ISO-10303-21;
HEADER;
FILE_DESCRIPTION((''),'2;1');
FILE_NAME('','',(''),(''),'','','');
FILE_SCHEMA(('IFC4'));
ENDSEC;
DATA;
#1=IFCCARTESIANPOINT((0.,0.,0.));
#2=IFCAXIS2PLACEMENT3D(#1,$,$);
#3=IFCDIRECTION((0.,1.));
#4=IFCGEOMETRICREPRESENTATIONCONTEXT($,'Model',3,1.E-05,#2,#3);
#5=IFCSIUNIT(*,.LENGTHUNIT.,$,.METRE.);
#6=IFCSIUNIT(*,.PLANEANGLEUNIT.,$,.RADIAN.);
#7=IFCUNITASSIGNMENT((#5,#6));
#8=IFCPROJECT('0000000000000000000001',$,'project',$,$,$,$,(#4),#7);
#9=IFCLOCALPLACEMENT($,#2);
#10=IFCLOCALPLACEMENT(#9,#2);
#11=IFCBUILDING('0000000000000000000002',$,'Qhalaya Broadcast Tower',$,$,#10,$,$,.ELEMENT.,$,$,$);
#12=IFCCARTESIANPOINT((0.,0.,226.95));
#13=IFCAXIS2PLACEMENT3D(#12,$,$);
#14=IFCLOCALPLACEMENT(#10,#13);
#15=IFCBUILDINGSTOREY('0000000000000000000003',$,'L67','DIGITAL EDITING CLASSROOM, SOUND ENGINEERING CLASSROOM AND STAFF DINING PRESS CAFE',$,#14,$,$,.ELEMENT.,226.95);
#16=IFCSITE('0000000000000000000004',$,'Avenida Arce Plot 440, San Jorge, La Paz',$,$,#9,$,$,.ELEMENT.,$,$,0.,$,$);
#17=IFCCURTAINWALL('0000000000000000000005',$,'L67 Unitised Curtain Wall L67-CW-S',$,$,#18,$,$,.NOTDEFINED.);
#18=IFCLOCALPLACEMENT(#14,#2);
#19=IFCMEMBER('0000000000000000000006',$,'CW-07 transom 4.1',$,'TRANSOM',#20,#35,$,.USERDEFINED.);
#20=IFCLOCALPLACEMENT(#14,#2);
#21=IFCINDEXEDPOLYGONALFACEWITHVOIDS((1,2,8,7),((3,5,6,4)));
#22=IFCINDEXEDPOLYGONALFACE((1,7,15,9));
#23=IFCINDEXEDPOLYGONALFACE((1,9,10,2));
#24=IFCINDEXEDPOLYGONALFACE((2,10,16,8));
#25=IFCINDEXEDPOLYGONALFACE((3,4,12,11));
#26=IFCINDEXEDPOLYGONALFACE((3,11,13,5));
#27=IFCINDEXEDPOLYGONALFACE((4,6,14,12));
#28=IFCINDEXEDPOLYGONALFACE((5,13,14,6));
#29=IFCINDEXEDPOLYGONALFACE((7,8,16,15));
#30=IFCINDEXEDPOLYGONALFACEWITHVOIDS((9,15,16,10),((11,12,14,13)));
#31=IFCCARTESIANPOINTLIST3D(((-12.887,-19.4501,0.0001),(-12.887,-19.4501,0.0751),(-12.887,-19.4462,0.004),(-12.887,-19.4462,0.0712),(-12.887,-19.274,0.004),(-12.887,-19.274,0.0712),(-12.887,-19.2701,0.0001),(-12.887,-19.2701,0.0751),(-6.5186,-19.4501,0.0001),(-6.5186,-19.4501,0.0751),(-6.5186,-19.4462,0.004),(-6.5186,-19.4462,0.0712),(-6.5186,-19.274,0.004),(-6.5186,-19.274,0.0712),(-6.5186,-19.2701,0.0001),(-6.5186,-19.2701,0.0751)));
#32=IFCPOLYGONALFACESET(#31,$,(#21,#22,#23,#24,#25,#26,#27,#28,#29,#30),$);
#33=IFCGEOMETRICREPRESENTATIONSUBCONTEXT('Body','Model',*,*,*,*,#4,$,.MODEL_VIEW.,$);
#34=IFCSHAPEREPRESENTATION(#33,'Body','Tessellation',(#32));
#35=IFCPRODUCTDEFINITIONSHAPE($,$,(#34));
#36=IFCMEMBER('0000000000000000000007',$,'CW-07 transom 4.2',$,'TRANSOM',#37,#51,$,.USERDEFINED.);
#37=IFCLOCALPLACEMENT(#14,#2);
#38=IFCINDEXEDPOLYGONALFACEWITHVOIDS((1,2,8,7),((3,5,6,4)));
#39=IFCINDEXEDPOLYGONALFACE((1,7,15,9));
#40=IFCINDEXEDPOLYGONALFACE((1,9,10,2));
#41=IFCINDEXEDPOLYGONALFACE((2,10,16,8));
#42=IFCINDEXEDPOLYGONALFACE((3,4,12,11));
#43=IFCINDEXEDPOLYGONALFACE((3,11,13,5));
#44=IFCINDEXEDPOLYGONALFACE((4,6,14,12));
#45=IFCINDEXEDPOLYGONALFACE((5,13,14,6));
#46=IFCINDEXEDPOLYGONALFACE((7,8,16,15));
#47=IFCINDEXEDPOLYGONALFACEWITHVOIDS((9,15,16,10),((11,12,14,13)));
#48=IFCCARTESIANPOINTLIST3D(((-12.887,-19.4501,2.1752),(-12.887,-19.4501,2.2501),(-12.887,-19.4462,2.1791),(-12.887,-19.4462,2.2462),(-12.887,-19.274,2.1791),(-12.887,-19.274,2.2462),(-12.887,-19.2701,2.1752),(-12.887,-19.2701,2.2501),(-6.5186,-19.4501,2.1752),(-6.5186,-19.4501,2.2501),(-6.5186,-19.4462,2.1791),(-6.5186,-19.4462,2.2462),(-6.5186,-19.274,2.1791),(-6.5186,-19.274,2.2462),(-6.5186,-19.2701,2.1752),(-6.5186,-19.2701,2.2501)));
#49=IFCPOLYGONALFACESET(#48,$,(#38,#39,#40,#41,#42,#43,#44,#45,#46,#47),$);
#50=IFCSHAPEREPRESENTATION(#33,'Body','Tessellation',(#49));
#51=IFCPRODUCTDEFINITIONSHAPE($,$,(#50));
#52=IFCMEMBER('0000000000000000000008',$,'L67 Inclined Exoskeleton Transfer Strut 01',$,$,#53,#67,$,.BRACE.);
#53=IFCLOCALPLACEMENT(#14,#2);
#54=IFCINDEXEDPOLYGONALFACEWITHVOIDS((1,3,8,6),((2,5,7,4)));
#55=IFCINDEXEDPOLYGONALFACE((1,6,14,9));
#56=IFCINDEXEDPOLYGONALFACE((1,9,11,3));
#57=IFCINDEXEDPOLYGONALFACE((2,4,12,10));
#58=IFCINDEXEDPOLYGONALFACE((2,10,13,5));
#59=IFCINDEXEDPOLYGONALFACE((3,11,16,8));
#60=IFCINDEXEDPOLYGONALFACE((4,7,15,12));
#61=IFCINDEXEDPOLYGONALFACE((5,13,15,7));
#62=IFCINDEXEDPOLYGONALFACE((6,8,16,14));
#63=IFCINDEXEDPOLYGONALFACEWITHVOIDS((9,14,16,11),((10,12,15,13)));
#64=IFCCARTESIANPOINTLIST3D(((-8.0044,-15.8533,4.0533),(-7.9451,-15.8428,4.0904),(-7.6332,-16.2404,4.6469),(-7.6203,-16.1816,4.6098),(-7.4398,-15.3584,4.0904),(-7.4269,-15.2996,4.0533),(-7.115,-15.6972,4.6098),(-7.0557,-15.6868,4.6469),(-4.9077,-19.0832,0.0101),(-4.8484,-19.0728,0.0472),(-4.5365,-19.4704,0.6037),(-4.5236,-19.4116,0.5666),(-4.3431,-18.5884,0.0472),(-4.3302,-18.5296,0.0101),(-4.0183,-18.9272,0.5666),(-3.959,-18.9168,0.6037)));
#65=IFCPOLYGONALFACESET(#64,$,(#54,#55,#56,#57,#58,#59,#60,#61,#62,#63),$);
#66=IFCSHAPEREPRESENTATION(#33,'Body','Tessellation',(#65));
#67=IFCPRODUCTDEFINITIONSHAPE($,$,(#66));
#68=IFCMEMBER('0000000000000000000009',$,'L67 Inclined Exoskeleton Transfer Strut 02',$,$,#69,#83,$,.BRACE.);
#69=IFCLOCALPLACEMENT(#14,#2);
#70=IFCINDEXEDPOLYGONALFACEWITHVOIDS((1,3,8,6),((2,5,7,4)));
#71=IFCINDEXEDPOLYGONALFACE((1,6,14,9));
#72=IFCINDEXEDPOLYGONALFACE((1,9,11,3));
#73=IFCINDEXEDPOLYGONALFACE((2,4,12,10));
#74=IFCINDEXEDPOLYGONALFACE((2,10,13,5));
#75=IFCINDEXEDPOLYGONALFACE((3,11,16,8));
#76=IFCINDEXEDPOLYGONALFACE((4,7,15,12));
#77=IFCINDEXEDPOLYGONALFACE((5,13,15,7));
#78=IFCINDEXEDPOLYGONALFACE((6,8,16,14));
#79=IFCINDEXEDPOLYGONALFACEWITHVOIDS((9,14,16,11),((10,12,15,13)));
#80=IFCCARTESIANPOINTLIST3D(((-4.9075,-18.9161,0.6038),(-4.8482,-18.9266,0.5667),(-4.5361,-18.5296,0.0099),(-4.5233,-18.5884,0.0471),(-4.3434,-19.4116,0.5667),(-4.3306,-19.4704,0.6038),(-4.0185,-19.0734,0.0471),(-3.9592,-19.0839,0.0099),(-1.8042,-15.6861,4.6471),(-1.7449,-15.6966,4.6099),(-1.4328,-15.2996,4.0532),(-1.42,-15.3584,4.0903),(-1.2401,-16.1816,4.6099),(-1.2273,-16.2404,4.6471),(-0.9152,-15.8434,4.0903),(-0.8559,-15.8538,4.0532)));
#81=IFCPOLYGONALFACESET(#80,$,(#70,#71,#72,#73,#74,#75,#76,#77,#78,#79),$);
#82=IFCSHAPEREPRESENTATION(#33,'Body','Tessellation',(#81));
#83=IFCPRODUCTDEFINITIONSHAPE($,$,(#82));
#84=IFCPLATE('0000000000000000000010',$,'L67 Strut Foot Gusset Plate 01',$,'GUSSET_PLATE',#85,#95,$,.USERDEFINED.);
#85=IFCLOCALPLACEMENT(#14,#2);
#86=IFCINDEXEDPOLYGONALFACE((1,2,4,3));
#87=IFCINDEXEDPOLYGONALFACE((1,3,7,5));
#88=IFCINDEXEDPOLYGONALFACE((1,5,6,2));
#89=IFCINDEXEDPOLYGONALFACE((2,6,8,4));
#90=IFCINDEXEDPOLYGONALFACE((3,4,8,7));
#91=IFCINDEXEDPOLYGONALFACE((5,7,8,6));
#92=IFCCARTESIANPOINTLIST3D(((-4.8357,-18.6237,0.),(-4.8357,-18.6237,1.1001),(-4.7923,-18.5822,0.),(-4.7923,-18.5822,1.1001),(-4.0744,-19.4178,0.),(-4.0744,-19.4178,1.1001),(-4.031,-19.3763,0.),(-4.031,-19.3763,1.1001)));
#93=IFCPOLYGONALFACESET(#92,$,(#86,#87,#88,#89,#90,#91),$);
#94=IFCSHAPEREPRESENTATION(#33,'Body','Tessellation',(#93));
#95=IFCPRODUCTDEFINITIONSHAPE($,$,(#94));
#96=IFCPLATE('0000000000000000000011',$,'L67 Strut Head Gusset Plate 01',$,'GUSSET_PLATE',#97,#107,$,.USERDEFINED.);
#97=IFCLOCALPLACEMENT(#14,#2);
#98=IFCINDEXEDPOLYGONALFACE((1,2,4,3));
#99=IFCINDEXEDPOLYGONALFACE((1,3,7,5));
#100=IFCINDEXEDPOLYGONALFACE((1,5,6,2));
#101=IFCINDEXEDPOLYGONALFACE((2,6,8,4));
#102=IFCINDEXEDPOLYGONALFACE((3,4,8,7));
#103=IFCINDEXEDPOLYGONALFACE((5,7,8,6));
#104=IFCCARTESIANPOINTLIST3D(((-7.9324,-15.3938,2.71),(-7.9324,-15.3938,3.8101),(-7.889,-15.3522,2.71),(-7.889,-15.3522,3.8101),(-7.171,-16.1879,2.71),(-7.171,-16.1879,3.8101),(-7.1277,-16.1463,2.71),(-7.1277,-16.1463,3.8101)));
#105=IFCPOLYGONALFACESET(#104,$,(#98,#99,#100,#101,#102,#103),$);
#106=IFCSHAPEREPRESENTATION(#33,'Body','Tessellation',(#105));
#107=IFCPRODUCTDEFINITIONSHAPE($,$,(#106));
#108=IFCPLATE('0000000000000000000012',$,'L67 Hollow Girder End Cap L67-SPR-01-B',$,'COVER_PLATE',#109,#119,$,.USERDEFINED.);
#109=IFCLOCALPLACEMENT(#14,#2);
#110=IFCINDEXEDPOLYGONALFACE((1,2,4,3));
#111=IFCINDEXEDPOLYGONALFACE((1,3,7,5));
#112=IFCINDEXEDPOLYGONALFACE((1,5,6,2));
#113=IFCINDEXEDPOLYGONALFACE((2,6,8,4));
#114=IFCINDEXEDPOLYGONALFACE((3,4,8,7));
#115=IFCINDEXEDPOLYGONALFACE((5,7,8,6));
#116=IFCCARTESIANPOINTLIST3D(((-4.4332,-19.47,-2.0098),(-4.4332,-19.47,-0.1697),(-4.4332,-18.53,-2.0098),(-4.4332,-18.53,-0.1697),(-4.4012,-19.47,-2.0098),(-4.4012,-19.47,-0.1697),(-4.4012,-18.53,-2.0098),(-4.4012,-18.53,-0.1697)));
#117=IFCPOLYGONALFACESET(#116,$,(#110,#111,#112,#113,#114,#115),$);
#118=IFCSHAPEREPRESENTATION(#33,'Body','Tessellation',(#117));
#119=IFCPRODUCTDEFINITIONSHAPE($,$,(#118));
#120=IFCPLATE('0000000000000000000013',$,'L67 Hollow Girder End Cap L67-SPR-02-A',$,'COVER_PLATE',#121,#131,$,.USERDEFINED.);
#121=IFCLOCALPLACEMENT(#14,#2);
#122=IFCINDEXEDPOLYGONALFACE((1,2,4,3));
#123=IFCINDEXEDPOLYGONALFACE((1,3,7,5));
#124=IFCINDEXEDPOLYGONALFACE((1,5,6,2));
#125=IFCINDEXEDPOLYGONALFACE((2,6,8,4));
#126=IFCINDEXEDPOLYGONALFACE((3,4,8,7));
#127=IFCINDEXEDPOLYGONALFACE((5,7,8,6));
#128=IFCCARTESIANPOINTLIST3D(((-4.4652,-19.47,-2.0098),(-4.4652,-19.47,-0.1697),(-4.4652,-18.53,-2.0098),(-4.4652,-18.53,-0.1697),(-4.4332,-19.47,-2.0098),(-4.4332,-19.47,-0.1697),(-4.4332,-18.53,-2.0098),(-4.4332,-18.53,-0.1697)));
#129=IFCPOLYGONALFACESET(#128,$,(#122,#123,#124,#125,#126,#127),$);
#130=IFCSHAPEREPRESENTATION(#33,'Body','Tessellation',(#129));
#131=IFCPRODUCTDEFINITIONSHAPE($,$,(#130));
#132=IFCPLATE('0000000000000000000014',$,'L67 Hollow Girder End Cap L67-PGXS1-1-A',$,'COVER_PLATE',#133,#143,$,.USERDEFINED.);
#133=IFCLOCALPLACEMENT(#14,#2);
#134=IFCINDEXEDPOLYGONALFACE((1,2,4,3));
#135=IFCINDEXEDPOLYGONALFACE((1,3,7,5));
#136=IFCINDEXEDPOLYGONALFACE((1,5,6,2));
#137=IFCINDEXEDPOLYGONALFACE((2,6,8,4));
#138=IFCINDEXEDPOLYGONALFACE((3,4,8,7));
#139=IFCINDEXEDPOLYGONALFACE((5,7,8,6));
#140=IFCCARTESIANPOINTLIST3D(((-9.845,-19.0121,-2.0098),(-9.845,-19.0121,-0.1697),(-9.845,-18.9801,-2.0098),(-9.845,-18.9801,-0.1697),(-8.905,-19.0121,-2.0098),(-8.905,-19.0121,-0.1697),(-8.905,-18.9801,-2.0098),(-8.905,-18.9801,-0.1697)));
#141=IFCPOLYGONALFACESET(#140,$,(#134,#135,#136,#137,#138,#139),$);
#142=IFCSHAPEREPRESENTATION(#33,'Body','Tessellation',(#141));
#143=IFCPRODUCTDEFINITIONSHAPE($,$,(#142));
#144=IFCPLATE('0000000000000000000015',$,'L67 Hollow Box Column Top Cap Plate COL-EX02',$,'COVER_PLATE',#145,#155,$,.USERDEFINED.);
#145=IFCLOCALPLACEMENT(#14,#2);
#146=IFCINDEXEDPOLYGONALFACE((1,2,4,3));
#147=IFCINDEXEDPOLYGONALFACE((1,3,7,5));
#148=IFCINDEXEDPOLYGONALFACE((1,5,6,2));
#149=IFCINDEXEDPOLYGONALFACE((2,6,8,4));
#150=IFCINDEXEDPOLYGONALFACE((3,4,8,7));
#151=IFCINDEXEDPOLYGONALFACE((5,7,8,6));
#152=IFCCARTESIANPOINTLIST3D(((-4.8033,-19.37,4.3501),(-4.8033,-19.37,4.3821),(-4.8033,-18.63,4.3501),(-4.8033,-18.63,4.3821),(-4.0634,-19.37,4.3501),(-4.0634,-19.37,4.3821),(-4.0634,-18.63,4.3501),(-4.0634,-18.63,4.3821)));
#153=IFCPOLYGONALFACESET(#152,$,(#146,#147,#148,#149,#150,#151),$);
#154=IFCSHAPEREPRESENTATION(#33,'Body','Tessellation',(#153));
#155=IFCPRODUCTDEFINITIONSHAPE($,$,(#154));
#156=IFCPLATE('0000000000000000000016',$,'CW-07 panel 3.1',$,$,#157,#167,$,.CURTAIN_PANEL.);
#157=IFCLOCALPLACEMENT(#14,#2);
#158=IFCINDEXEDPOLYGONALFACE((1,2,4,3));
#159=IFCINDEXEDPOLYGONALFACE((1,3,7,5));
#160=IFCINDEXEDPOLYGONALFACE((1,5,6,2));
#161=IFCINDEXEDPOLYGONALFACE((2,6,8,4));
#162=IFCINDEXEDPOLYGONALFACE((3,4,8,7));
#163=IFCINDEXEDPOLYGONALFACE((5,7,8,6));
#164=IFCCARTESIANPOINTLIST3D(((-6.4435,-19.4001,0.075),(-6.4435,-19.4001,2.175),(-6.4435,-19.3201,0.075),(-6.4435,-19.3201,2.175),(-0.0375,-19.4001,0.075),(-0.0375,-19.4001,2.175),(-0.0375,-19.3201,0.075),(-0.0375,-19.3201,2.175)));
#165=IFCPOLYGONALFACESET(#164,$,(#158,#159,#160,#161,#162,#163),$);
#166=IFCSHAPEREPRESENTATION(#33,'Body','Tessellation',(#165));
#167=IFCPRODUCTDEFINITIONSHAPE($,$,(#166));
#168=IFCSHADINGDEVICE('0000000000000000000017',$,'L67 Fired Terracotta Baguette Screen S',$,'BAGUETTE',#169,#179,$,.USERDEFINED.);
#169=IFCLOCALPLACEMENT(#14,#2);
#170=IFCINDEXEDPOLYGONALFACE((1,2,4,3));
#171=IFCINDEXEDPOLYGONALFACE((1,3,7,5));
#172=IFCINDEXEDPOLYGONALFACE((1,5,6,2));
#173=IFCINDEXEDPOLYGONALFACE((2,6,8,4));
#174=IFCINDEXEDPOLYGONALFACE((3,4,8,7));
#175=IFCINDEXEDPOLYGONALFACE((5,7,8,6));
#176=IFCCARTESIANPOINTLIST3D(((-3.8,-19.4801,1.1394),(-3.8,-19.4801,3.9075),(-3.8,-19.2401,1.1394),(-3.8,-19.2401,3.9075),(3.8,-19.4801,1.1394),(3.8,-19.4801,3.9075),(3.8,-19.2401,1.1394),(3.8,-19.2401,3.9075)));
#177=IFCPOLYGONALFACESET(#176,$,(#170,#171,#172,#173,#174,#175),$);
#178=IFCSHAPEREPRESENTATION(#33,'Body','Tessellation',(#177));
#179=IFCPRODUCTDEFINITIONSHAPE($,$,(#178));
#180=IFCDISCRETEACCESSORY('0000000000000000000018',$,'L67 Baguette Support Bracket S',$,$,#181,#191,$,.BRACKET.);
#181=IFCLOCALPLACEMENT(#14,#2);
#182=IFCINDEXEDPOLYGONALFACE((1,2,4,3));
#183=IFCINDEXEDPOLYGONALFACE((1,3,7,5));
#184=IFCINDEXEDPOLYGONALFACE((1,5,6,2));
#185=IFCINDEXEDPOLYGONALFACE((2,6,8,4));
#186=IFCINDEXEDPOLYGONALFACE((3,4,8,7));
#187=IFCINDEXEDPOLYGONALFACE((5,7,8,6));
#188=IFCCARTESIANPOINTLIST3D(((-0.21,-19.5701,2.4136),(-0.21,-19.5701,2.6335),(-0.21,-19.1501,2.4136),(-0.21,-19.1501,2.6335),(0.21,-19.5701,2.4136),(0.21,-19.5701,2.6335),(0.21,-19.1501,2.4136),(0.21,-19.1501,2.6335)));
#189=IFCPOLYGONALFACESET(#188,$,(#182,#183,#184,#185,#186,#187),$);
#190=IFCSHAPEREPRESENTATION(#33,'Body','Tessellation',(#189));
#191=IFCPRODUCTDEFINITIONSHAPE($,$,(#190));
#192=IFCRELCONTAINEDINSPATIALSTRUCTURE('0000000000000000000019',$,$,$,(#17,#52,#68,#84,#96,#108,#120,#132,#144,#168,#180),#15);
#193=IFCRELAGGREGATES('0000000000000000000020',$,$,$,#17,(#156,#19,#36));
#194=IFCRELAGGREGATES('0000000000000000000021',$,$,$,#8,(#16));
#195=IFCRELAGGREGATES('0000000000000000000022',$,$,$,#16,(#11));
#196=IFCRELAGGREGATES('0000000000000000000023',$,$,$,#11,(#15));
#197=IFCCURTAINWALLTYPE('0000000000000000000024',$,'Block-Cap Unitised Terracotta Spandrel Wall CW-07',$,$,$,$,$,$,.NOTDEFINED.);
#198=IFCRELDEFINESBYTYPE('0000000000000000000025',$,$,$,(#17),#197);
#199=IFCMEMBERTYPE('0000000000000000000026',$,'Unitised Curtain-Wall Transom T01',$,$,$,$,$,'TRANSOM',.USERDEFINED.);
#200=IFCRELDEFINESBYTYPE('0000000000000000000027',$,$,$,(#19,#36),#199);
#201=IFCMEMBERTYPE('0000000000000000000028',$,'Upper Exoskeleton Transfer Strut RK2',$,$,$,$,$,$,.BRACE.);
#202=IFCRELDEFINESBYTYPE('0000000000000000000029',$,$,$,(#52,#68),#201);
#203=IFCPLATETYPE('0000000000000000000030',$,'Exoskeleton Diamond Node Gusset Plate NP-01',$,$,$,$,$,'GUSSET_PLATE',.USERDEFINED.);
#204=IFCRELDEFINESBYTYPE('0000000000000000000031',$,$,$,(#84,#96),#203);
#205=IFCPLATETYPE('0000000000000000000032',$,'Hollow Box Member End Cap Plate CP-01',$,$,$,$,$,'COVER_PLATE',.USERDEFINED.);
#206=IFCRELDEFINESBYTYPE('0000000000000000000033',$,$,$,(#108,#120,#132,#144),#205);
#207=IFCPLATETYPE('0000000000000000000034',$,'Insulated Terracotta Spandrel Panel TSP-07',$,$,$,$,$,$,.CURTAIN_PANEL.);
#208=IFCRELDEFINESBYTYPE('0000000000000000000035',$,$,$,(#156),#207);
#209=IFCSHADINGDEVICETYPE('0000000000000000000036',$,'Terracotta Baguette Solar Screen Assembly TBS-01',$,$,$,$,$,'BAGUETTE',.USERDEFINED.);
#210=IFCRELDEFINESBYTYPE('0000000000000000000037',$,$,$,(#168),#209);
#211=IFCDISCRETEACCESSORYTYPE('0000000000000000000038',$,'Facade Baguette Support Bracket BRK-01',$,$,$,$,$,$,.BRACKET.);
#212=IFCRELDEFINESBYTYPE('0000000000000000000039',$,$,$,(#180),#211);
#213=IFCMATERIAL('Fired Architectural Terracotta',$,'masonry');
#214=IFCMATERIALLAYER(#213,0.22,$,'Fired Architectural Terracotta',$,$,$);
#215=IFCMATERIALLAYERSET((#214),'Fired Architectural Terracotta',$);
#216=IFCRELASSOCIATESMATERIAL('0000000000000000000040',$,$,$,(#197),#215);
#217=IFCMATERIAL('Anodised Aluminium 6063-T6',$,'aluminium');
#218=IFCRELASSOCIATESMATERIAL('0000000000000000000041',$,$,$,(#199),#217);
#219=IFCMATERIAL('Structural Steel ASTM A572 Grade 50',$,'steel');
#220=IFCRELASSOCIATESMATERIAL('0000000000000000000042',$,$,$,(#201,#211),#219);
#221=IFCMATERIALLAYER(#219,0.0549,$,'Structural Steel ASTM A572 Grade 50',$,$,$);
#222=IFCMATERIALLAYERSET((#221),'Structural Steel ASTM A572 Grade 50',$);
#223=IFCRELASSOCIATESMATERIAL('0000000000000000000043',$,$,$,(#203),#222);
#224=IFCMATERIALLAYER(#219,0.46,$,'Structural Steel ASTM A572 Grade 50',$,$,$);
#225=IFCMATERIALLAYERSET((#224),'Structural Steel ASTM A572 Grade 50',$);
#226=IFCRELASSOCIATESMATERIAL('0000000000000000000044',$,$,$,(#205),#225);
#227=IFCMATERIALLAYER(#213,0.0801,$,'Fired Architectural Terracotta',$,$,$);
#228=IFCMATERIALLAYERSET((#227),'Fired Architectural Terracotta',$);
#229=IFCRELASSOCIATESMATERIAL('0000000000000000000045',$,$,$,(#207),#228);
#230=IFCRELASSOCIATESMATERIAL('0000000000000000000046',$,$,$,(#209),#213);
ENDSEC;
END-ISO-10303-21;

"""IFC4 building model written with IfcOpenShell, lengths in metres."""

from ifc_helpers import new_model, si_unit, direction, frame, origin, origin_2d, place, context, subcontext, project, spatial, rectangle, hollow_rectangle, extrude, material, layer, layer_set, material_profile, profile_set, type_object, element, aggregate, save


model = new_model("IFC4")

# Units and contexts
model_context = context("Model", 3, precision=1e-05, world=origin(), true_north=direction((0.0, 1.0)))
body_context = subcontext(model_context, "Body", "Model", "MODEL_VIEW")
ifc_project = project(units=[si_unit("LENGTHUNIT", "METRE"), si_unit("PLANEANGLEUNIT", "RADIAN")], contexts=[model_context])

# Site, building, storey
site_placement = place(None, origin())
site = spatial("IfcSite", under=ifc_project, at=site_placement, Name="Avenida Arce Plot 440, San Jorge, La Paz", CompositionType="ELEMENT", RefElevation=0.0)
building_placement = place(site_placement, origin())
building = spatial("IfcBuilding", under=site, at=building_placement, Name="Qhalaya Broadcast Tower", CompositionType="ELEMENT")
storey_placement = place(building_placement, frame((0.0, 0.0, 226.95)))
storey = spatial("IfcBuildingStorey", under=building, at=storey_placement, Name="L67", Description="DIGITAL EDITING CLASSROOM, SOUND ENGINEERING CLASSROOM AND STAFF DINING PRESS CAFE", CompositionType="ELEMENT", Elevation=226.95)

# Shared definitions
ifc_material_1 = material(Name="Structural Steel ASTM A572 Grade 50", Category="steel")

# Curtain wall, members
ifc_material_2 = material(Name="Fired Architectural Terracotta", Category="masonry")
ifc_layer_1 = layer(ifc_material_2, 0.22, Name="Fired Architectural Terracotta")
ifc_layer_set_1 = layer_set([ifc_layer_1], Name="Fired Architectural Terracotta")
curtain_wall_type = type_object("IfcCurtainWallType", Name="Block-Cap Unitised Terracotta Spandrel Wall CW-07", PredefinedType="NOTDEFINED", material=ifc_layer_set_1)
curtain_wall_placement = place(storey_placement, origin())
curtain_wall = element("IfcCurtainWall", 1, at=curtain_wall_placement, inside=storey, type_object=curtain_wall_type, Name="L67 Unitised Curtain Wall L67-CW-S", PredefinedType="NOTDEFINED")
ifc_material_3 = material(Name="Anodised Aluminium 6063-T6", Category="aluminium")
ifc_material_profile_1 = material_profile(ifc_material_3, hollow_rectangle(XDim=0.075, YDim=0.1799, WallThickness=0.0039, at=origin_2d()), Name="ALU-TRN 75x180x4")
ifc_profile_set_1 = profile_set([ifc_material_profile_1], Name="Anodised Aluminium 6063-T6")
member_type_1 = type_object("IfcMemberType", Name="Unitised Curtain-Wall Transom T01", ElementType="TRANSOM", PredefinedType="USERDEFINED", material=ifc_profile_set_1)
member_1_placement = place(storey_placement, frame((-6.5186, -19.3601, 0.0376), z_axis=(-1.0, 0.0, 0.0), x_axis=(0.0, 0.0, 1.0)))
member_1 = element("IfcMember", 2, at=member_1_placement, type_object=member_type_1, Name="CW-07 transom 4.1", ObjectType="TRANSOM", PredefinedType="USERDEFINED", context=body_context, shape_type="SweptSolid", body=[
    extrude(hollow_rectangle(XDim=0.075, YDim=0.1799, WallThickness=0.0039, at=origin_2d()), origin(), (0.0, 0.0, 1.0), 6.3684),
])
member_2_placement = place(storey_placement, frame((-6.5186, -19.3601, 2.2126), z_axis=(-1.0, 0.0, 0.0), x_axis=(0.0, 0.0, 1.0)))
member_2 = element("IfcMember", 3, at=member_2_placement, type_object=member_type_1, Name="CW-07 transom 4.2", ObjectType="TRANSOM", PredefinedType="USERDEFINED", context=body_context, shape_type="SweptSolid", body=[
    extrude(hollow_rectangle(XDim=0.075, YDim=0.1799, WallThickness=0.0039, at=origin_2d()), origin(), (0.0, 0.0, 1.0), 6.3684),
])

# Members
ifc_material_profile_2 = material_profile(ifc_material_1, hollow_rectangle(XDim=0.8, YDim=0.8, WallThickness=0.05, at=origin_2d()), Name="BOX 800x800x50")
ifc_profile_set_2 = profile_set([ifc_material_profile_2], Name="Structural Steel ASTM A572 Grade 50")
member_type_2 = type_object("IfcMemberType", Name="Upper Exoskeleton Transfer Strut RK2", PredefinedType="BRACE", material=ifc_profile_set_2)
member_3_placement = place(storey_placement, frame((-4.4333, -19.0, 0.3069), z_axis=(-0.513483, 0.535587, 0.670434), x_axis=(-0.721845, -0.692055, 0.0)))
element("IfcMember", 4, at=member_3_placement, inside=storey, type_object=member_type_2, Name="L67 Inclined Exoskeleton Transfer Strut 01", PredefinedType="BRACE", context=body_context, shape_type="SweptSolid", body=[
    extrude(hollow_rectangle(XDim=0.8, YDim=0.8, WallThickness=0.05, at=origin_2d()), origin(), (0.0, 0.0, 1.0), 6.0308),
])
member_4_placement = place(storey_placement, frame((-4.4333, -19.0, 0.3069), z_axis=(0.514287, 0.535286, 0.670058), x_axis=(-0.72111, 0.692821, 0.0)))
element("IfcMember", 5, at=member_4_placement, inside=storey, type_object=member_type_2, Name="L67 Inclined Exoskeleton Transfer Strut 02", PredefinedType="BRACE", context=body_context, shape_type="SweptSolid", body=[
    extrude(hollow_rectangle(XDim=0.8, YDim=0.8, WallThickness=0.05, at=origin_2d()), origin(), (0.0, 0.0, 1.0), 6.0342),
])

# Plates
ifc_layer_2 = layer(ifc_material_1, 0.0549, Name="Structural Steel ASTM A572 Grade 50")
ifc_layer_set_2 = layer_set([ifc_layer_2], Name="Structural Steel ASTM A572 Grade 50")
plate_type_1 = type_object("IfcPlateType", Name="Exoskeleton Diamond Node Gusset Plate NP-01", ElementType="GUSSET_PLATE", PredefinedType="USERDEFINED", material=ifc_layer_set_2)
for number, where, z_axis, x_axis, name in (
    (6, (-4.4333, -19.0, 0.0), (0.0, 0.0, 1.0), (-0.692055, 0.721845, 0.0), "L67 Strut Foot Gusset Plate 01"),
    (7, (-7.53, -15.77, 2.71), (0.0, 0.0, 1.0), (-0.692055, 0.721845, 0.0), "L67 Strut Head Gusset Plate 01"),
):
    element("IfcPlate", number, at=place(storey_placement, frame(where, z_axis=z_axis, x_axis=x_axis)), inside=storey, type_object=plate_type_1, Name=name, ObjectType="GUSSET_PLATE", PredefinedType="USERDEFINED", context=body_context, shape_type="SweptSolid", body=[
        extrude(rectangle(XDim=1.1001, YDim=0.0601, at=origin_2d()), origin(), (0.0, 0.0, 1.0), 1.1001),
    ])
ifc_layer_3 = layer(ifc_material_1, 0.46, Name="Structural Steel ASTM A572 Grade 50")
ifc_layer_set_3 = layer_set([ifc_layer_3], Name="Structural Steel ASTM A572 Grade 50")
plate_type_2 = type_object("IfcPlateType", Name="Hollow Box Member End Cap Plate CP-01", ElementType="COVER_PLATE", PredefinedType="USERDEFINED", material=ifc_layer_set_3)
for number, where, z_axis, x_axis, name in (
    (8, (-4.4172, -19.0, -2.0098), (0.0, 0.0, 1.0), (0.0, 1.0, 0.0), "L67 Hollow Girder End Cap L67-SPR-01-B"),
    (9, (-4.4492, -19.0, -2.0098), (0.0, 0.0, 1.0), (0.0, 1.0, 0.0), "L67 Hollow Girder End Cap L67-SPR-02-A"),
    (10, (-9.375, -18.9961, -2.0098), (0.0, 0.0, 1.0), (-1.0, 0.0, 0.0), "L67 Hollow Girder End Cap L67-PGXS1-1-A"),
):
    element("IfcPlate", number, at=place(storey_placement, frame(where, z_axis=z_axis, x_axis=x_axis)), inside=storey, type_object=plate_type_2, Name=name, ObjectType="COVER_PLATE", PredefinedType="USERDEFINED", context=body_context, shape_type="SweptSolid", body=[
        extrude(rectangle(XDim=0.9399, YDim=0.032, at=origin_2d()), origin(), (0.0, 0.0, 1.0), 1.8401),
    ])
plate_1_placement = place(storey_placement, frame((-4.4333, -19.0, 4.3501), z_axis=(0.0, 0.0, 1.0), x_axis=(1.0, 0.0, 0.0)))
element("IfcPlate", 11, at=plate_1_placement, inside=storey, type_object=plate_type_2, Name="L67 Hollow Box Column Top Cap Plate COL-EX02", ObjectType="COVER_PLATE", PredefinedType="USERDEFINED", context=body_context, shape_type="SweptSolid", body=[
    extrude(rectangle(XDim=0.74, YDim=0.74, at=origin_2d()), origin(), (0.0, 0.0, 1.0), 0.032),
])

# Plate
ifc_layer_4 = layer(ifc_material_2, 0.0801, Name="Fired Architectural Terracotta")
ifc_layer_set_4 = layer_set([ifc_layer_4], Name="Fired Architectural Terracotta")
plate_type_3 = type_object("IfcPlateType", Name="Insulated Terracotta Spandrel Panel TSP-07", PredefinedType="CURTAIN_PANEL", material=ifc_layer_set_4)
plate_2_placement = place(storey_placement, frame((-3.2405, -19.3601, 0.075), z_axis=(0.0, 0.0, 1.0), x_axis=(-1.0, 0.0, 0.0)))
plate_2 = element("IfcPlate", 12, at=plate_2_placement, type_object=plate_type_3, Name="CW-07 panel 3.1", PredefinedType="CURTAIN_PANEL", context=body_context, shape_type="SweptSolid", body=[
    extrude(rectangle(XDim=6.406, YDim=0.0801, at=origin_2d()), origin(), (0.0, 0.0, 1.0), 2.1001),
])
aggregate(curtain_wall, [plate_2, member_1, member_2])

# Shading device
shading_device_type = type_object("IfcShadingDeviceType", Name="Terracotta Baguette Solar Screen Assembly TBS-01", ElementType="BAGUETTE", PredefinedType="USERDEFINED", material=ifc_material_2)
shading_device_placement = place(storey_placement, frame((0.0, -19.3601, 1.1394), z_axis=(0.0, 0.0, 1.0), x_axis=(1.0, 0.0, 0.0)))
element("IfcShadingDevice", 13, at=shading_device_placement, inside=storey, type_object=shading_device_type, Name="L67 Fired Terracotta Baguette Screen S", ObjectType="BAGUETTE", PredefinedType="USERDEFINED", context=body_context, shape_type="SweptSolid", body=[
    extrude(rectangle(XDim=7.6001, YDim=0.24, at=origin_2d()), origin(), (0.0, 0.0, 1.0), 2.7681),
])

# Discrete accessory
discrete_accessory_type = type_object("IfcDiscreteAccessoryType", Name="Facade Baguette Support Bracket BRK-01", PredefinedType="BRACKET", material=ifc_material_1)
discrete_accessory_placement = place(storey_placement, frame((0.0, -19.3601, 2.4136), z_axis=(0.0, 0.0, 1.0), x_axis=(1.0, 0.0, 0.0)))
element("IfcDiscreteAccessory", 14, at=discrete_accessory_placement, inside=storey, type_object=discrete_accessory_type, Name="L67 Baguette Support Bracket S", PredefinedType="BRACKET", context=body_context, shape_type="SweptSolid", body=[
    extrude(rectangle(XDim=0.4199, YDim=0.4199, at=origin_2d()), origin(), (0.0, 0.0, 1.0), 0.22),
])

save(model, "model.ifc")
